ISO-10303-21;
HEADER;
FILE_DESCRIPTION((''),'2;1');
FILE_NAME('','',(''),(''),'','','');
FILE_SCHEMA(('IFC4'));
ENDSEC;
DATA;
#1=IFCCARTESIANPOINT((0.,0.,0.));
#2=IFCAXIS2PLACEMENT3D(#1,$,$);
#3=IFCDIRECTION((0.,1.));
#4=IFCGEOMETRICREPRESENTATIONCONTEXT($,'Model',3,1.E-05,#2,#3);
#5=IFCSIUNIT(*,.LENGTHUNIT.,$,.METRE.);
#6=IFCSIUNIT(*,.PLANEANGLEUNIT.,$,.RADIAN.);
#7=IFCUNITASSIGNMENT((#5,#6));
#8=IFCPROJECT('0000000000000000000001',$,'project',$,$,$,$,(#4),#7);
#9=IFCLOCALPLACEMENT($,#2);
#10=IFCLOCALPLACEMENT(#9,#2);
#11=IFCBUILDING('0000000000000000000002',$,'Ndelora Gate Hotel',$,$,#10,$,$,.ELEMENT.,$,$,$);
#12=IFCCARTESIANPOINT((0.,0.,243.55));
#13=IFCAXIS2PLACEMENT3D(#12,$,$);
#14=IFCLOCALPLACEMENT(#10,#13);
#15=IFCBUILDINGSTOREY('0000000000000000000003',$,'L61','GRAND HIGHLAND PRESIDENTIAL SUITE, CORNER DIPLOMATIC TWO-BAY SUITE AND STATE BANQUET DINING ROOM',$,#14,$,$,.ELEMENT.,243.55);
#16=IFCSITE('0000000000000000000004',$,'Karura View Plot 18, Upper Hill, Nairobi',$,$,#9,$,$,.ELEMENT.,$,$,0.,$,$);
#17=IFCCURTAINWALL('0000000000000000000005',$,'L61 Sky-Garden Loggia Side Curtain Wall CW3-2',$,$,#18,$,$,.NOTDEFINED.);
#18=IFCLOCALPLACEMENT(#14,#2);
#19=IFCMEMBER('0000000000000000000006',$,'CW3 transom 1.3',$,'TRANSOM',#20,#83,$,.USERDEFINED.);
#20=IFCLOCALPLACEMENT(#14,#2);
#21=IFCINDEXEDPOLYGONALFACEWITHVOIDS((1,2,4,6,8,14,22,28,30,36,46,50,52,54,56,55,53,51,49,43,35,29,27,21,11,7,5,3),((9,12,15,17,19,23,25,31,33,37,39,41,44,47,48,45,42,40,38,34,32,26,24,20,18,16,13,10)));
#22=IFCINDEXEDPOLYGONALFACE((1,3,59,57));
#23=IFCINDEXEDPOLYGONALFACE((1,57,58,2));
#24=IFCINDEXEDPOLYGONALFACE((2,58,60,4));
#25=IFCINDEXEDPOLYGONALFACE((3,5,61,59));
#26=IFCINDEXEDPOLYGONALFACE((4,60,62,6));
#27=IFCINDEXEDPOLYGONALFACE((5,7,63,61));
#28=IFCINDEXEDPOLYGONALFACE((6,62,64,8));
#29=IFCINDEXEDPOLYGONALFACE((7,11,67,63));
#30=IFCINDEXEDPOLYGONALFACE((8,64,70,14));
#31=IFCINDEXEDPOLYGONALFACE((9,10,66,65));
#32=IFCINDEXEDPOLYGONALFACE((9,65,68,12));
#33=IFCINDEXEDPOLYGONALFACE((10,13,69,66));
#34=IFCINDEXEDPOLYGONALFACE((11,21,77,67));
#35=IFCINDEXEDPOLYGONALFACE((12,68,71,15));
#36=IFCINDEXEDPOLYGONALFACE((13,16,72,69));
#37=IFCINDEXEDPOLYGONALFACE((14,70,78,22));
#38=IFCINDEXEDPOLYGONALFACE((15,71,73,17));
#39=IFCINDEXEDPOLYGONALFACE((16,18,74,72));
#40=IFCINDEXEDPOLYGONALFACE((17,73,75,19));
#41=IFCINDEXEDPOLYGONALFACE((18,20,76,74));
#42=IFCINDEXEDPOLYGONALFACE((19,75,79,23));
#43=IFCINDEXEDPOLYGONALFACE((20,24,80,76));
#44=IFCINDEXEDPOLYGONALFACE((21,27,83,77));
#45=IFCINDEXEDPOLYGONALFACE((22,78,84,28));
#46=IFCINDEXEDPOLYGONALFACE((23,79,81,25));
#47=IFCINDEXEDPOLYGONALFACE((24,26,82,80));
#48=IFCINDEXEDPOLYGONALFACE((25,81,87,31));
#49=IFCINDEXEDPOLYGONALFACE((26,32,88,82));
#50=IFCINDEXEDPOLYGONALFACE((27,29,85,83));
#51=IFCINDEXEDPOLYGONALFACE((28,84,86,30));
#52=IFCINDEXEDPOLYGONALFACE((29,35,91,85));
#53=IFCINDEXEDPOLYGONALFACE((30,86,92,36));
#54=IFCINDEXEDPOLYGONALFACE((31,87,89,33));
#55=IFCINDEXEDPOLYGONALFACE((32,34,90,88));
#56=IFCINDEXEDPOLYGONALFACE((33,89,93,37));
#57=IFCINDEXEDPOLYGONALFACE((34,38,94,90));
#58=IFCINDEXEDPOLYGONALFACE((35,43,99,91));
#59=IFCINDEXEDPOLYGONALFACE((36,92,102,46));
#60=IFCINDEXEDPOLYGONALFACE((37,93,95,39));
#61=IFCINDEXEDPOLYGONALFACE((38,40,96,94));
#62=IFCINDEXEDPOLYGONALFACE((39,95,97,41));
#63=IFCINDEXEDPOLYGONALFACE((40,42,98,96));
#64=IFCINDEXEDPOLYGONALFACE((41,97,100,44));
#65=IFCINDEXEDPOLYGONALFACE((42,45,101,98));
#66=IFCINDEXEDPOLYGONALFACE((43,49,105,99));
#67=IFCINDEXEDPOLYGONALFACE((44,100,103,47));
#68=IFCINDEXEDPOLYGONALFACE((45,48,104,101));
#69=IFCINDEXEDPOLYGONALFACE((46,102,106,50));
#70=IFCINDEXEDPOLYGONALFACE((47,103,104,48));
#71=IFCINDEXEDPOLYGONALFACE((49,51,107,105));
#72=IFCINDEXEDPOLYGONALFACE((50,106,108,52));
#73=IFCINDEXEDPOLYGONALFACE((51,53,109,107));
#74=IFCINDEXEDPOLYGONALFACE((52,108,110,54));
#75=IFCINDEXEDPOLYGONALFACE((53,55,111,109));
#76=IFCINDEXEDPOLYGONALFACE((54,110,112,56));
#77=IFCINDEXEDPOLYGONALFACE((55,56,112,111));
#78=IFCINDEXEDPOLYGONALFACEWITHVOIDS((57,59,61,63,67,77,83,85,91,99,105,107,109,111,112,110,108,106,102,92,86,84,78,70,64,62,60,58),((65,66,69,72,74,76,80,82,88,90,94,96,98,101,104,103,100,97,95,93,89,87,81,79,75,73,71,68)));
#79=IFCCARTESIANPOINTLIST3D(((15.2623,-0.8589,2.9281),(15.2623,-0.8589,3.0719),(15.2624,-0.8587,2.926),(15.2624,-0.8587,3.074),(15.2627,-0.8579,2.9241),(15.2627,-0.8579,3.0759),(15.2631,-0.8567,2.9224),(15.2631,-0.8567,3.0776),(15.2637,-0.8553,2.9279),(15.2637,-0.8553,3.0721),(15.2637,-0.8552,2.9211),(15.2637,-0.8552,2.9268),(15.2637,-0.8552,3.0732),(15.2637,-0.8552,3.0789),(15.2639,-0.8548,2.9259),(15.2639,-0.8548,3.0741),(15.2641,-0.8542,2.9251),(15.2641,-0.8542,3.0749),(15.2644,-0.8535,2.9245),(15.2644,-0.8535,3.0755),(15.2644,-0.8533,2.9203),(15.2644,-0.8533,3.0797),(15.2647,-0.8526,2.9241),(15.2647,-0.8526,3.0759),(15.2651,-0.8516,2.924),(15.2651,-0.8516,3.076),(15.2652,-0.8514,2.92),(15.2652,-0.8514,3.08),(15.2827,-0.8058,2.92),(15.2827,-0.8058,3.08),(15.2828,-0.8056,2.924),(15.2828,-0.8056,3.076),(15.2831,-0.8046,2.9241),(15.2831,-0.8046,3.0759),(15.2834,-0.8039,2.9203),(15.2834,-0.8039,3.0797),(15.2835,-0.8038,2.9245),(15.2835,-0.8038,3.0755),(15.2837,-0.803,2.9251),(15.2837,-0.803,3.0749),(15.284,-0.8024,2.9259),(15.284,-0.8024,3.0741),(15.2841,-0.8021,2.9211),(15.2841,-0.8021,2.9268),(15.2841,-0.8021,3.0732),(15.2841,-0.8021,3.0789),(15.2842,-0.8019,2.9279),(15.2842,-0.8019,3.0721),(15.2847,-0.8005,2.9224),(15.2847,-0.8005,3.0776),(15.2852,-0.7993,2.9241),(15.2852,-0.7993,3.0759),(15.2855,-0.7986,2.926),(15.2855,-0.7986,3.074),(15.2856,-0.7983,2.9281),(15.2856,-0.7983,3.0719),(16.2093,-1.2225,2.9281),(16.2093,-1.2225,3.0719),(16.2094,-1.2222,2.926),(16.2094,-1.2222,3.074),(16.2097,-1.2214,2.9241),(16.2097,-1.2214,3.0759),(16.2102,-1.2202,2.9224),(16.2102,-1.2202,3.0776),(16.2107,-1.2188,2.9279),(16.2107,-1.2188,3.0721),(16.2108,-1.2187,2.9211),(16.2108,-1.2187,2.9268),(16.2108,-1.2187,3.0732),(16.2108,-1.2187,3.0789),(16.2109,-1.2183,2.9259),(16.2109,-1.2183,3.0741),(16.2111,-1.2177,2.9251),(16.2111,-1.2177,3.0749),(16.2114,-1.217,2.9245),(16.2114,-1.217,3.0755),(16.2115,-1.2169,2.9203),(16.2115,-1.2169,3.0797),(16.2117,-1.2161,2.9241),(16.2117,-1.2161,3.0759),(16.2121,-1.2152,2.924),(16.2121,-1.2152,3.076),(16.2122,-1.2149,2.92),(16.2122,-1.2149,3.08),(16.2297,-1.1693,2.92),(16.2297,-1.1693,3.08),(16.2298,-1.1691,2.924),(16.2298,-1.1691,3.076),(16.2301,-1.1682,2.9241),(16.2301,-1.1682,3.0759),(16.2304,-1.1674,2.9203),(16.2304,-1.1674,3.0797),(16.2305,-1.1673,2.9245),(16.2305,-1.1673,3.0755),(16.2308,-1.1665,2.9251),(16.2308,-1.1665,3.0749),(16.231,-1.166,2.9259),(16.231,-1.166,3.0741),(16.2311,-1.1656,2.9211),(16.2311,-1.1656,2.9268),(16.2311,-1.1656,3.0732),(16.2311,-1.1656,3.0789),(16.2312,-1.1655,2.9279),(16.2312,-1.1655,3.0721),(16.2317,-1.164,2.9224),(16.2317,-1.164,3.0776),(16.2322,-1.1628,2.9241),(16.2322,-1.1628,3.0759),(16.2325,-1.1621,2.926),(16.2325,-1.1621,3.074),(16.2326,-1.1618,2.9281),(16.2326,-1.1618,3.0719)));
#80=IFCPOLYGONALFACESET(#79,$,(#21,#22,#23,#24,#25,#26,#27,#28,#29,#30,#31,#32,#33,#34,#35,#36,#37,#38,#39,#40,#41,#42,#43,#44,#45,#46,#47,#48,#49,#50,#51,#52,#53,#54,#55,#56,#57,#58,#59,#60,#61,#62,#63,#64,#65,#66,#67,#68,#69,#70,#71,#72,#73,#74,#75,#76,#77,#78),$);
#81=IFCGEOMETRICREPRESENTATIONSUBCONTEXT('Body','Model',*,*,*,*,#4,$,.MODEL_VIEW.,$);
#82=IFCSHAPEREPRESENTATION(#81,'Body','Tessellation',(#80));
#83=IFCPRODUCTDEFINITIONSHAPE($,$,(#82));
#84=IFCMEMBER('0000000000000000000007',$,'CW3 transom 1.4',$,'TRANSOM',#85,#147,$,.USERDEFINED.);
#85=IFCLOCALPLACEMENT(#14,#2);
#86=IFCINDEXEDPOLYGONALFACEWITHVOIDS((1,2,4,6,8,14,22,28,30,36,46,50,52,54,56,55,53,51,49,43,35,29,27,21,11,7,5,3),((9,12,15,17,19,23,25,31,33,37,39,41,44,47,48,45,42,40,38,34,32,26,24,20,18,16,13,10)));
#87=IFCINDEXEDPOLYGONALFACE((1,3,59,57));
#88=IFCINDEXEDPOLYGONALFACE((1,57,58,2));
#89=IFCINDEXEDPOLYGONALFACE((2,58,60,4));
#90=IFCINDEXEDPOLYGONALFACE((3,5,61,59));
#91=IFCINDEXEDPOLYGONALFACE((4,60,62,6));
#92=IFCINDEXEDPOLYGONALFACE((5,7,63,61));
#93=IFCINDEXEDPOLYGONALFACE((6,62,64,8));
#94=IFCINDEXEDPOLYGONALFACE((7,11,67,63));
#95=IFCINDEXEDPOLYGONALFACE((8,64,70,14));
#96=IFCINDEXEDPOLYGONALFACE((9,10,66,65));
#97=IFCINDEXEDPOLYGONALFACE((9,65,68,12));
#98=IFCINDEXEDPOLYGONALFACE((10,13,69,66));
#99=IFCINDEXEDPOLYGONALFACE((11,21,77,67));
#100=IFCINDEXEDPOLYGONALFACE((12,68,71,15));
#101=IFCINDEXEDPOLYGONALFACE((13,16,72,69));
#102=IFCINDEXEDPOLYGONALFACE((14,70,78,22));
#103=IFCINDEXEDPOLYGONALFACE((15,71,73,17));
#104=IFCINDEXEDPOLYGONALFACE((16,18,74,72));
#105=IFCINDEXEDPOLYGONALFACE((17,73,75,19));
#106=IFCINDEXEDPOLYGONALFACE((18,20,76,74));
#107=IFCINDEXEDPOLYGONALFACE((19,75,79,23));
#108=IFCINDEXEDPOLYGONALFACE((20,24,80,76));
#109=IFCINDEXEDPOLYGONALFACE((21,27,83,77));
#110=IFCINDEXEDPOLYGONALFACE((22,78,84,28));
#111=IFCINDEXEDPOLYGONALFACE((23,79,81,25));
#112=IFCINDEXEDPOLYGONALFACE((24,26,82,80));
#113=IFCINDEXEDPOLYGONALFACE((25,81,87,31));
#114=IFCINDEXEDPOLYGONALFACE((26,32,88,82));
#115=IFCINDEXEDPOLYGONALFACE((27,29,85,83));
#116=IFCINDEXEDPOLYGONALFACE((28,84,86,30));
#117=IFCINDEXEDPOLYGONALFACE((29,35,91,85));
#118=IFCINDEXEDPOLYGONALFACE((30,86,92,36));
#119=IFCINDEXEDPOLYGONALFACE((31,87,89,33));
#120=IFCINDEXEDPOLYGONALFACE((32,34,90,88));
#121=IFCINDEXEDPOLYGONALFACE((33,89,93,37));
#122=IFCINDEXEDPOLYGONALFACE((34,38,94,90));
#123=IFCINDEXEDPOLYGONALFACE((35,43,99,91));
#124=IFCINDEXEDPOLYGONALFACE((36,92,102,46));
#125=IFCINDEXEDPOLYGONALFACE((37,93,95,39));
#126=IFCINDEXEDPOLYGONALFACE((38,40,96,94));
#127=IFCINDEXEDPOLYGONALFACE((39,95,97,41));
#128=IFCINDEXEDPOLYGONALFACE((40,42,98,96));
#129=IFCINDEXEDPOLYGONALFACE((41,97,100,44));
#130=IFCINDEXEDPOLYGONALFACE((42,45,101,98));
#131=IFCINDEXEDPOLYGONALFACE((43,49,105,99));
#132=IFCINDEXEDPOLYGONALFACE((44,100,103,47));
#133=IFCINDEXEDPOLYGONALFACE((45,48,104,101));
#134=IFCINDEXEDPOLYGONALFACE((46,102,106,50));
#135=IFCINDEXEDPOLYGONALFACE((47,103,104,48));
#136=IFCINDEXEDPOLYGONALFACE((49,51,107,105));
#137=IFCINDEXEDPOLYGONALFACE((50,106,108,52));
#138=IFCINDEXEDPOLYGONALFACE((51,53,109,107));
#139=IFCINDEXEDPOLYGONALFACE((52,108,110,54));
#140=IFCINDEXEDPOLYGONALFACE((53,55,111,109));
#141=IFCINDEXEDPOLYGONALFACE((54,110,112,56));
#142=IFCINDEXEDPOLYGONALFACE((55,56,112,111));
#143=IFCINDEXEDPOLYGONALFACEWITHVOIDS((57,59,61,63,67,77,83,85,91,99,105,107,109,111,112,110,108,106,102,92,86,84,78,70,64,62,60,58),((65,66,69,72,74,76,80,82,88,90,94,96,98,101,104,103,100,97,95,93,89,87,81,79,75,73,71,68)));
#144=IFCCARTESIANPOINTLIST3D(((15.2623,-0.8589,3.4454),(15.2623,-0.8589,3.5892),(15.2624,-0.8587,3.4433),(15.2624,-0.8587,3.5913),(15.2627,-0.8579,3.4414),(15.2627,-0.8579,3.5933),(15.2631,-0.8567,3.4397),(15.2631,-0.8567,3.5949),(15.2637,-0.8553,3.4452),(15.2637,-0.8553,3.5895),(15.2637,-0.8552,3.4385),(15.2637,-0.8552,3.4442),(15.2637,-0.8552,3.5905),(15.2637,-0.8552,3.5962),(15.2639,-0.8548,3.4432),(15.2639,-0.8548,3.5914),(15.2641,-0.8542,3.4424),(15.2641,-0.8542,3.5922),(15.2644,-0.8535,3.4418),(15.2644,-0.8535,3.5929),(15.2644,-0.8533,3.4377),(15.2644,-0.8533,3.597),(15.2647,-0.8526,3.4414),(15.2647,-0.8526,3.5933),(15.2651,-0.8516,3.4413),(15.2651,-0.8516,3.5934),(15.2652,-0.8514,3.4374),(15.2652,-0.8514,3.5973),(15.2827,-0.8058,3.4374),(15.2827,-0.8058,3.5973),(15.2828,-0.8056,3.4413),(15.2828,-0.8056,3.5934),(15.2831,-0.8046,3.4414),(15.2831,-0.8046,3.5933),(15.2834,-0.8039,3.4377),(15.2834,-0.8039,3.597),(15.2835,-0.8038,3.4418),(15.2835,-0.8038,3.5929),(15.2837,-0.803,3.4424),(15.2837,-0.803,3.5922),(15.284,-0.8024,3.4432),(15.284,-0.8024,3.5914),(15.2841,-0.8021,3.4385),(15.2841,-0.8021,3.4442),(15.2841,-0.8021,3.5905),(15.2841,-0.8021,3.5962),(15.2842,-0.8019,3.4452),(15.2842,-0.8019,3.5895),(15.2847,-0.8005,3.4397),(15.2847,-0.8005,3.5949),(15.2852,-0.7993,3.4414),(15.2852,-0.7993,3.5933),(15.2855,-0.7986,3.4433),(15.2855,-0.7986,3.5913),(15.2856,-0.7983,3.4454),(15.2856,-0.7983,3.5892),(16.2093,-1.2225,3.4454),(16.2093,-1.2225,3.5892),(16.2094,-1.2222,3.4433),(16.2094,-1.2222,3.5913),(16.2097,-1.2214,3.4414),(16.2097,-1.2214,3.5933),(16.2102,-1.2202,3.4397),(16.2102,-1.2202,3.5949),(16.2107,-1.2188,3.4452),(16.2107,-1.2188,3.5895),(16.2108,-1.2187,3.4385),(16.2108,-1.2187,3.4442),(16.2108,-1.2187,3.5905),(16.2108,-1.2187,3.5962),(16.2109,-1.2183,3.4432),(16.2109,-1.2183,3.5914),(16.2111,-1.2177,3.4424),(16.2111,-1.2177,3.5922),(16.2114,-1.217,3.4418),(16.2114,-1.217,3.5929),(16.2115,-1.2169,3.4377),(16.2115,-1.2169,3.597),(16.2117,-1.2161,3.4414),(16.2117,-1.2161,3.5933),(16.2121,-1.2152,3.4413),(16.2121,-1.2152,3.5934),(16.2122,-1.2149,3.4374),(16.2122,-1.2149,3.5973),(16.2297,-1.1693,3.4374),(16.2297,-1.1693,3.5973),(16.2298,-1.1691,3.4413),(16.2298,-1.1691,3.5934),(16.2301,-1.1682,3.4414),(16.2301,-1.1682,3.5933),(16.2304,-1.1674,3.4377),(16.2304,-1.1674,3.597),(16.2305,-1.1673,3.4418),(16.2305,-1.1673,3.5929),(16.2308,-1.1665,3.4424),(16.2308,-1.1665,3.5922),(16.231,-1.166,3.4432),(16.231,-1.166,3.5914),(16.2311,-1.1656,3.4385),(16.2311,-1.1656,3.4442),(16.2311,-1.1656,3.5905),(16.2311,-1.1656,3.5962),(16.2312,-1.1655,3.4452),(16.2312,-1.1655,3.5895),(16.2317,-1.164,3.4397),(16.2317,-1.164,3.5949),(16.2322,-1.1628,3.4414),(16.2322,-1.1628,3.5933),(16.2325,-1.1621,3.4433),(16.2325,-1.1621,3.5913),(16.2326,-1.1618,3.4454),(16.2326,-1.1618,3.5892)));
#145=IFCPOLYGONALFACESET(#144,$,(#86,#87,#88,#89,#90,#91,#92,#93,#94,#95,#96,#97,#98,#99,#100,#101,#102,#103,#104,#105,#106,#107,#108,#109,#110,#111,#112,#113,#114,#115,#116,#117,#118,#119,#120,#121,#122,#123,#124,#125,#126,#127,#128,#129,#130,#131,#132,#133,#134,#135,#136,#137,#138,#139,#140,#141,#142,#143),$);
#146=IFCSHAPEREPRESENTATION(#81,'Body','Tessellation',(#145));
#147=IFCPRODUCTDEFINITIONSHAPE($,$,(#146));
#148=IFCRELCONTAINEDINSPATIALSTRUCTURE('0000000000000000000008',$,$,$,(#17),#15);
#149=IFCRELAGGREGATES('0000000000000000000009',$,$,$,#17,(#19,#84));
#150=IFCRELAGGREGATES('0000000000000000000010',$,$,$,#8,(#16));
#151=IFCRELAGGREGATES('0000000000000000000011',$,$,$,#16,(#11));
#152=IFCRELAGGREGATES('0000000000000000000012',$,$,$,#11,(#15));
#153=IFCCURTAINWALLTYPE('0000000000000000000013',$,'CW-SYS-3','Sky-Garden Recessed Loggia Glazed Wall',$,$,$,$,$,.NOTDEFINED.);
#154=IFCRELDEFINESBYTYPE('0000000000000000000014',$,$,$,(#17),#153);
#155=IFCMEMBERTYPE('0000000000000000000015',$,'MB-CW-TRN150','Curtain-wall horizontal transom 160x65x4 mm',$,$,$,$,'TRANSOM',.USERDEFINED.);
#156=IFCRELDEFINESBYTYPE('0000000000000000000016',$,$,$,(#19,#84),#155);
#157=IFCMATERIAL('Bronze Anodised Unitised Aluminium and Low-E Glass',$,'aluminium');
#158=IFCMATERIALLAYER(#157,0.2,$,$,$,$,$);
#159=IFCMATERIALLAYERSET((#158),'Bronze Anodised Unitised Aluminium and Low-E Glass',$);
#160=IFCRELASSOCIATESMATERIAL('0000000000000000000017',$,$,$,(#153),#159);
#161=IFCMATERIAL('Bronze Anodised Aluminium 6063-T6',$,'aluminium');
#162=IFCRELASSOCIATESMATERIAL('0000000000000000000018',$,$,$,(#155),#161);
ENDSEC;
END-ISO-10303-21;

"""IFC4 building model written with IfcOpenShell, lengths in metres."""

from ifc_helpers import new_model, si_unit, direction, frame, origin, origin_2d, place, context, subcontext, project, spatial, hollow_rectangle, extrude, material, layer, layer_set, material_profile, profile_set, type_object, element, aggregate, save


model = new_model("IFC4")

# Units and contexts
model_context = context("Model", 3, precision=1e-05, world=origin(), true_north=direction((0.0, 1.0)))
body_context = subcontext(model_context, "Body", "Model", "MODEL_VIEW")
ifc_project = project(units=[si_unit("LENGTHUNIT", "METRE"), si_unit("PLANEANGLEUNIT", "RADIAN")], contexts=[model_context])

# Site, building, storey
site_placement = place(None, origin())
site = spatial("IfcSite", under=ifc_project, at=site_placement, Name="Karura View Plot 18, Upper Hill, Nairobi", CompositionType="ELEMENT", RefElevation=0.0)
building_placement = place(site_placement, origin())
building = spatial("IfcBuilding", under=site, at=building_placement, Name="Ndelora Gate Hotel", CompositionType="ELEMENT")
storey_placement = place(building_placement, frame((0.0, 0.0, 243.55)))
storey = spatial("IfcBuildingStorey", under=building, at=storey_placement, Name="L61", Description="GRAND HIGHLAND PRESIDENTIAL SUITE, CORNER DIPLOMATIC TWO-BAY SUITE AND STATE BANQUET DINING ROOM", CompositionType="ELEMENT", Elevation=243.55)

# Curtain wall, members
ifc_material_1 = material(Name="Bronze Anodised Unitised Aluminium and Low-E Glass", Category="aluminium")
ifc_layer_1 = layer(ifc_material_1, 0.2)
ifc_layer_set_1 = layer_set([ifc_layer_1], Name="Bronze Anodised Unitised Aluminium and Low-E Glass")
curtain_wall_type = type_object("IfcCurtainWallType", Name="CW-SYS-3", Description="Sky-Garden Recessed Loggia Glazed Wall", PredefinedType="NOTDEFINED", material=ifc_layer_set_1)
curtain_wall_placement = place(storey_placement, origin())
curtain_wall = element("IfcCurtainWall", 1, at=curtain_wall_placement, inside=storey, type_object=curtain_wall_type, Name="L61 Sky-Garden Loggia Side Curtain Wall CW3-2", PredefinedType="NOTDEFINED")
ifc_material_2 = material(Name="Bronze Anodised Aluminium 6063-T6", Category="aluminium")
ifc_material_profile_1 = material_profile(ifc_material_2, hollow_rectangle(XDim=0.0649, YDim=0.1599, WallThickness=0.0039, InnerFilletRadius=0.0039, OuterFilletRadius=0.0081, at=origin_2d()), Name="ALU 160x65x4")
ifc_profile_set_1 = profile_set([ifc_material_profile_1], Name="Bronze Anodised Aluminium 6063-T6")
member_type_1 = type_object("IfcMemberType", Name="MB-CW-TRN150", Description="Curtain-wall horizontal transom 160x65x4 mm", ElementType="TRANSOM", PredefinedType="USERDEFINED", material=ifc_profile_set_1)
member_1_placement = place(storey_placement, frame((16.2209, -1.1921, 3.0), z_axis=(-0.933581, 0.358366, 0.0), x_axis=(-0.358366, -0.933581, 0.0)))
member_1 = element("IfcMember", 2, at=member_1_placement, type_object=member_type_1, Name="CW3 transom 1.3", ObjectType="TRANSOM", PredefinedType="USERDEFINED", context=body_context, shape_type="SweptSolid", body=[
    extrude(hollow_rectangle(XDim=0.0649, YDim=0.1599, WallThickness=0.0039, InnerFilletRadius=0.0039, OuterFilletRadius=0.0081, at=origin_2d()), origin(), (0.0, 0.0, 1.0), 1.0144),
])
member_2_placement = place(storey_placement, frame((16.2209, -1.1921, 3.5173), z_axis=(-0.933581, 0.358366, 0.0), x_axis=(-0.358366, -0.933581, 0.0)))
member_2 = element("IfcMember", 3, at=member_2_placement, type_object=member_type_1, Name="CW3 transom 1.4", ObjectType="TRANSOM", PredefinedType="USERDEFINED", context=body_context, shape_type="SweptSolid", body=[
    extrude(hollow_rectangle(XDim=0.0649, YDim=0.1599, WallThickness=0.0039, InnerFilletRadius=0.0039, OuterFilletRadius=0.0081, at=origin_2d()), origin(), (0.0, 0.0, 1.0), 1.0144),
])
aggregate(curtain_wall, [member_1, member_2])

save(model, "model.ifc")
